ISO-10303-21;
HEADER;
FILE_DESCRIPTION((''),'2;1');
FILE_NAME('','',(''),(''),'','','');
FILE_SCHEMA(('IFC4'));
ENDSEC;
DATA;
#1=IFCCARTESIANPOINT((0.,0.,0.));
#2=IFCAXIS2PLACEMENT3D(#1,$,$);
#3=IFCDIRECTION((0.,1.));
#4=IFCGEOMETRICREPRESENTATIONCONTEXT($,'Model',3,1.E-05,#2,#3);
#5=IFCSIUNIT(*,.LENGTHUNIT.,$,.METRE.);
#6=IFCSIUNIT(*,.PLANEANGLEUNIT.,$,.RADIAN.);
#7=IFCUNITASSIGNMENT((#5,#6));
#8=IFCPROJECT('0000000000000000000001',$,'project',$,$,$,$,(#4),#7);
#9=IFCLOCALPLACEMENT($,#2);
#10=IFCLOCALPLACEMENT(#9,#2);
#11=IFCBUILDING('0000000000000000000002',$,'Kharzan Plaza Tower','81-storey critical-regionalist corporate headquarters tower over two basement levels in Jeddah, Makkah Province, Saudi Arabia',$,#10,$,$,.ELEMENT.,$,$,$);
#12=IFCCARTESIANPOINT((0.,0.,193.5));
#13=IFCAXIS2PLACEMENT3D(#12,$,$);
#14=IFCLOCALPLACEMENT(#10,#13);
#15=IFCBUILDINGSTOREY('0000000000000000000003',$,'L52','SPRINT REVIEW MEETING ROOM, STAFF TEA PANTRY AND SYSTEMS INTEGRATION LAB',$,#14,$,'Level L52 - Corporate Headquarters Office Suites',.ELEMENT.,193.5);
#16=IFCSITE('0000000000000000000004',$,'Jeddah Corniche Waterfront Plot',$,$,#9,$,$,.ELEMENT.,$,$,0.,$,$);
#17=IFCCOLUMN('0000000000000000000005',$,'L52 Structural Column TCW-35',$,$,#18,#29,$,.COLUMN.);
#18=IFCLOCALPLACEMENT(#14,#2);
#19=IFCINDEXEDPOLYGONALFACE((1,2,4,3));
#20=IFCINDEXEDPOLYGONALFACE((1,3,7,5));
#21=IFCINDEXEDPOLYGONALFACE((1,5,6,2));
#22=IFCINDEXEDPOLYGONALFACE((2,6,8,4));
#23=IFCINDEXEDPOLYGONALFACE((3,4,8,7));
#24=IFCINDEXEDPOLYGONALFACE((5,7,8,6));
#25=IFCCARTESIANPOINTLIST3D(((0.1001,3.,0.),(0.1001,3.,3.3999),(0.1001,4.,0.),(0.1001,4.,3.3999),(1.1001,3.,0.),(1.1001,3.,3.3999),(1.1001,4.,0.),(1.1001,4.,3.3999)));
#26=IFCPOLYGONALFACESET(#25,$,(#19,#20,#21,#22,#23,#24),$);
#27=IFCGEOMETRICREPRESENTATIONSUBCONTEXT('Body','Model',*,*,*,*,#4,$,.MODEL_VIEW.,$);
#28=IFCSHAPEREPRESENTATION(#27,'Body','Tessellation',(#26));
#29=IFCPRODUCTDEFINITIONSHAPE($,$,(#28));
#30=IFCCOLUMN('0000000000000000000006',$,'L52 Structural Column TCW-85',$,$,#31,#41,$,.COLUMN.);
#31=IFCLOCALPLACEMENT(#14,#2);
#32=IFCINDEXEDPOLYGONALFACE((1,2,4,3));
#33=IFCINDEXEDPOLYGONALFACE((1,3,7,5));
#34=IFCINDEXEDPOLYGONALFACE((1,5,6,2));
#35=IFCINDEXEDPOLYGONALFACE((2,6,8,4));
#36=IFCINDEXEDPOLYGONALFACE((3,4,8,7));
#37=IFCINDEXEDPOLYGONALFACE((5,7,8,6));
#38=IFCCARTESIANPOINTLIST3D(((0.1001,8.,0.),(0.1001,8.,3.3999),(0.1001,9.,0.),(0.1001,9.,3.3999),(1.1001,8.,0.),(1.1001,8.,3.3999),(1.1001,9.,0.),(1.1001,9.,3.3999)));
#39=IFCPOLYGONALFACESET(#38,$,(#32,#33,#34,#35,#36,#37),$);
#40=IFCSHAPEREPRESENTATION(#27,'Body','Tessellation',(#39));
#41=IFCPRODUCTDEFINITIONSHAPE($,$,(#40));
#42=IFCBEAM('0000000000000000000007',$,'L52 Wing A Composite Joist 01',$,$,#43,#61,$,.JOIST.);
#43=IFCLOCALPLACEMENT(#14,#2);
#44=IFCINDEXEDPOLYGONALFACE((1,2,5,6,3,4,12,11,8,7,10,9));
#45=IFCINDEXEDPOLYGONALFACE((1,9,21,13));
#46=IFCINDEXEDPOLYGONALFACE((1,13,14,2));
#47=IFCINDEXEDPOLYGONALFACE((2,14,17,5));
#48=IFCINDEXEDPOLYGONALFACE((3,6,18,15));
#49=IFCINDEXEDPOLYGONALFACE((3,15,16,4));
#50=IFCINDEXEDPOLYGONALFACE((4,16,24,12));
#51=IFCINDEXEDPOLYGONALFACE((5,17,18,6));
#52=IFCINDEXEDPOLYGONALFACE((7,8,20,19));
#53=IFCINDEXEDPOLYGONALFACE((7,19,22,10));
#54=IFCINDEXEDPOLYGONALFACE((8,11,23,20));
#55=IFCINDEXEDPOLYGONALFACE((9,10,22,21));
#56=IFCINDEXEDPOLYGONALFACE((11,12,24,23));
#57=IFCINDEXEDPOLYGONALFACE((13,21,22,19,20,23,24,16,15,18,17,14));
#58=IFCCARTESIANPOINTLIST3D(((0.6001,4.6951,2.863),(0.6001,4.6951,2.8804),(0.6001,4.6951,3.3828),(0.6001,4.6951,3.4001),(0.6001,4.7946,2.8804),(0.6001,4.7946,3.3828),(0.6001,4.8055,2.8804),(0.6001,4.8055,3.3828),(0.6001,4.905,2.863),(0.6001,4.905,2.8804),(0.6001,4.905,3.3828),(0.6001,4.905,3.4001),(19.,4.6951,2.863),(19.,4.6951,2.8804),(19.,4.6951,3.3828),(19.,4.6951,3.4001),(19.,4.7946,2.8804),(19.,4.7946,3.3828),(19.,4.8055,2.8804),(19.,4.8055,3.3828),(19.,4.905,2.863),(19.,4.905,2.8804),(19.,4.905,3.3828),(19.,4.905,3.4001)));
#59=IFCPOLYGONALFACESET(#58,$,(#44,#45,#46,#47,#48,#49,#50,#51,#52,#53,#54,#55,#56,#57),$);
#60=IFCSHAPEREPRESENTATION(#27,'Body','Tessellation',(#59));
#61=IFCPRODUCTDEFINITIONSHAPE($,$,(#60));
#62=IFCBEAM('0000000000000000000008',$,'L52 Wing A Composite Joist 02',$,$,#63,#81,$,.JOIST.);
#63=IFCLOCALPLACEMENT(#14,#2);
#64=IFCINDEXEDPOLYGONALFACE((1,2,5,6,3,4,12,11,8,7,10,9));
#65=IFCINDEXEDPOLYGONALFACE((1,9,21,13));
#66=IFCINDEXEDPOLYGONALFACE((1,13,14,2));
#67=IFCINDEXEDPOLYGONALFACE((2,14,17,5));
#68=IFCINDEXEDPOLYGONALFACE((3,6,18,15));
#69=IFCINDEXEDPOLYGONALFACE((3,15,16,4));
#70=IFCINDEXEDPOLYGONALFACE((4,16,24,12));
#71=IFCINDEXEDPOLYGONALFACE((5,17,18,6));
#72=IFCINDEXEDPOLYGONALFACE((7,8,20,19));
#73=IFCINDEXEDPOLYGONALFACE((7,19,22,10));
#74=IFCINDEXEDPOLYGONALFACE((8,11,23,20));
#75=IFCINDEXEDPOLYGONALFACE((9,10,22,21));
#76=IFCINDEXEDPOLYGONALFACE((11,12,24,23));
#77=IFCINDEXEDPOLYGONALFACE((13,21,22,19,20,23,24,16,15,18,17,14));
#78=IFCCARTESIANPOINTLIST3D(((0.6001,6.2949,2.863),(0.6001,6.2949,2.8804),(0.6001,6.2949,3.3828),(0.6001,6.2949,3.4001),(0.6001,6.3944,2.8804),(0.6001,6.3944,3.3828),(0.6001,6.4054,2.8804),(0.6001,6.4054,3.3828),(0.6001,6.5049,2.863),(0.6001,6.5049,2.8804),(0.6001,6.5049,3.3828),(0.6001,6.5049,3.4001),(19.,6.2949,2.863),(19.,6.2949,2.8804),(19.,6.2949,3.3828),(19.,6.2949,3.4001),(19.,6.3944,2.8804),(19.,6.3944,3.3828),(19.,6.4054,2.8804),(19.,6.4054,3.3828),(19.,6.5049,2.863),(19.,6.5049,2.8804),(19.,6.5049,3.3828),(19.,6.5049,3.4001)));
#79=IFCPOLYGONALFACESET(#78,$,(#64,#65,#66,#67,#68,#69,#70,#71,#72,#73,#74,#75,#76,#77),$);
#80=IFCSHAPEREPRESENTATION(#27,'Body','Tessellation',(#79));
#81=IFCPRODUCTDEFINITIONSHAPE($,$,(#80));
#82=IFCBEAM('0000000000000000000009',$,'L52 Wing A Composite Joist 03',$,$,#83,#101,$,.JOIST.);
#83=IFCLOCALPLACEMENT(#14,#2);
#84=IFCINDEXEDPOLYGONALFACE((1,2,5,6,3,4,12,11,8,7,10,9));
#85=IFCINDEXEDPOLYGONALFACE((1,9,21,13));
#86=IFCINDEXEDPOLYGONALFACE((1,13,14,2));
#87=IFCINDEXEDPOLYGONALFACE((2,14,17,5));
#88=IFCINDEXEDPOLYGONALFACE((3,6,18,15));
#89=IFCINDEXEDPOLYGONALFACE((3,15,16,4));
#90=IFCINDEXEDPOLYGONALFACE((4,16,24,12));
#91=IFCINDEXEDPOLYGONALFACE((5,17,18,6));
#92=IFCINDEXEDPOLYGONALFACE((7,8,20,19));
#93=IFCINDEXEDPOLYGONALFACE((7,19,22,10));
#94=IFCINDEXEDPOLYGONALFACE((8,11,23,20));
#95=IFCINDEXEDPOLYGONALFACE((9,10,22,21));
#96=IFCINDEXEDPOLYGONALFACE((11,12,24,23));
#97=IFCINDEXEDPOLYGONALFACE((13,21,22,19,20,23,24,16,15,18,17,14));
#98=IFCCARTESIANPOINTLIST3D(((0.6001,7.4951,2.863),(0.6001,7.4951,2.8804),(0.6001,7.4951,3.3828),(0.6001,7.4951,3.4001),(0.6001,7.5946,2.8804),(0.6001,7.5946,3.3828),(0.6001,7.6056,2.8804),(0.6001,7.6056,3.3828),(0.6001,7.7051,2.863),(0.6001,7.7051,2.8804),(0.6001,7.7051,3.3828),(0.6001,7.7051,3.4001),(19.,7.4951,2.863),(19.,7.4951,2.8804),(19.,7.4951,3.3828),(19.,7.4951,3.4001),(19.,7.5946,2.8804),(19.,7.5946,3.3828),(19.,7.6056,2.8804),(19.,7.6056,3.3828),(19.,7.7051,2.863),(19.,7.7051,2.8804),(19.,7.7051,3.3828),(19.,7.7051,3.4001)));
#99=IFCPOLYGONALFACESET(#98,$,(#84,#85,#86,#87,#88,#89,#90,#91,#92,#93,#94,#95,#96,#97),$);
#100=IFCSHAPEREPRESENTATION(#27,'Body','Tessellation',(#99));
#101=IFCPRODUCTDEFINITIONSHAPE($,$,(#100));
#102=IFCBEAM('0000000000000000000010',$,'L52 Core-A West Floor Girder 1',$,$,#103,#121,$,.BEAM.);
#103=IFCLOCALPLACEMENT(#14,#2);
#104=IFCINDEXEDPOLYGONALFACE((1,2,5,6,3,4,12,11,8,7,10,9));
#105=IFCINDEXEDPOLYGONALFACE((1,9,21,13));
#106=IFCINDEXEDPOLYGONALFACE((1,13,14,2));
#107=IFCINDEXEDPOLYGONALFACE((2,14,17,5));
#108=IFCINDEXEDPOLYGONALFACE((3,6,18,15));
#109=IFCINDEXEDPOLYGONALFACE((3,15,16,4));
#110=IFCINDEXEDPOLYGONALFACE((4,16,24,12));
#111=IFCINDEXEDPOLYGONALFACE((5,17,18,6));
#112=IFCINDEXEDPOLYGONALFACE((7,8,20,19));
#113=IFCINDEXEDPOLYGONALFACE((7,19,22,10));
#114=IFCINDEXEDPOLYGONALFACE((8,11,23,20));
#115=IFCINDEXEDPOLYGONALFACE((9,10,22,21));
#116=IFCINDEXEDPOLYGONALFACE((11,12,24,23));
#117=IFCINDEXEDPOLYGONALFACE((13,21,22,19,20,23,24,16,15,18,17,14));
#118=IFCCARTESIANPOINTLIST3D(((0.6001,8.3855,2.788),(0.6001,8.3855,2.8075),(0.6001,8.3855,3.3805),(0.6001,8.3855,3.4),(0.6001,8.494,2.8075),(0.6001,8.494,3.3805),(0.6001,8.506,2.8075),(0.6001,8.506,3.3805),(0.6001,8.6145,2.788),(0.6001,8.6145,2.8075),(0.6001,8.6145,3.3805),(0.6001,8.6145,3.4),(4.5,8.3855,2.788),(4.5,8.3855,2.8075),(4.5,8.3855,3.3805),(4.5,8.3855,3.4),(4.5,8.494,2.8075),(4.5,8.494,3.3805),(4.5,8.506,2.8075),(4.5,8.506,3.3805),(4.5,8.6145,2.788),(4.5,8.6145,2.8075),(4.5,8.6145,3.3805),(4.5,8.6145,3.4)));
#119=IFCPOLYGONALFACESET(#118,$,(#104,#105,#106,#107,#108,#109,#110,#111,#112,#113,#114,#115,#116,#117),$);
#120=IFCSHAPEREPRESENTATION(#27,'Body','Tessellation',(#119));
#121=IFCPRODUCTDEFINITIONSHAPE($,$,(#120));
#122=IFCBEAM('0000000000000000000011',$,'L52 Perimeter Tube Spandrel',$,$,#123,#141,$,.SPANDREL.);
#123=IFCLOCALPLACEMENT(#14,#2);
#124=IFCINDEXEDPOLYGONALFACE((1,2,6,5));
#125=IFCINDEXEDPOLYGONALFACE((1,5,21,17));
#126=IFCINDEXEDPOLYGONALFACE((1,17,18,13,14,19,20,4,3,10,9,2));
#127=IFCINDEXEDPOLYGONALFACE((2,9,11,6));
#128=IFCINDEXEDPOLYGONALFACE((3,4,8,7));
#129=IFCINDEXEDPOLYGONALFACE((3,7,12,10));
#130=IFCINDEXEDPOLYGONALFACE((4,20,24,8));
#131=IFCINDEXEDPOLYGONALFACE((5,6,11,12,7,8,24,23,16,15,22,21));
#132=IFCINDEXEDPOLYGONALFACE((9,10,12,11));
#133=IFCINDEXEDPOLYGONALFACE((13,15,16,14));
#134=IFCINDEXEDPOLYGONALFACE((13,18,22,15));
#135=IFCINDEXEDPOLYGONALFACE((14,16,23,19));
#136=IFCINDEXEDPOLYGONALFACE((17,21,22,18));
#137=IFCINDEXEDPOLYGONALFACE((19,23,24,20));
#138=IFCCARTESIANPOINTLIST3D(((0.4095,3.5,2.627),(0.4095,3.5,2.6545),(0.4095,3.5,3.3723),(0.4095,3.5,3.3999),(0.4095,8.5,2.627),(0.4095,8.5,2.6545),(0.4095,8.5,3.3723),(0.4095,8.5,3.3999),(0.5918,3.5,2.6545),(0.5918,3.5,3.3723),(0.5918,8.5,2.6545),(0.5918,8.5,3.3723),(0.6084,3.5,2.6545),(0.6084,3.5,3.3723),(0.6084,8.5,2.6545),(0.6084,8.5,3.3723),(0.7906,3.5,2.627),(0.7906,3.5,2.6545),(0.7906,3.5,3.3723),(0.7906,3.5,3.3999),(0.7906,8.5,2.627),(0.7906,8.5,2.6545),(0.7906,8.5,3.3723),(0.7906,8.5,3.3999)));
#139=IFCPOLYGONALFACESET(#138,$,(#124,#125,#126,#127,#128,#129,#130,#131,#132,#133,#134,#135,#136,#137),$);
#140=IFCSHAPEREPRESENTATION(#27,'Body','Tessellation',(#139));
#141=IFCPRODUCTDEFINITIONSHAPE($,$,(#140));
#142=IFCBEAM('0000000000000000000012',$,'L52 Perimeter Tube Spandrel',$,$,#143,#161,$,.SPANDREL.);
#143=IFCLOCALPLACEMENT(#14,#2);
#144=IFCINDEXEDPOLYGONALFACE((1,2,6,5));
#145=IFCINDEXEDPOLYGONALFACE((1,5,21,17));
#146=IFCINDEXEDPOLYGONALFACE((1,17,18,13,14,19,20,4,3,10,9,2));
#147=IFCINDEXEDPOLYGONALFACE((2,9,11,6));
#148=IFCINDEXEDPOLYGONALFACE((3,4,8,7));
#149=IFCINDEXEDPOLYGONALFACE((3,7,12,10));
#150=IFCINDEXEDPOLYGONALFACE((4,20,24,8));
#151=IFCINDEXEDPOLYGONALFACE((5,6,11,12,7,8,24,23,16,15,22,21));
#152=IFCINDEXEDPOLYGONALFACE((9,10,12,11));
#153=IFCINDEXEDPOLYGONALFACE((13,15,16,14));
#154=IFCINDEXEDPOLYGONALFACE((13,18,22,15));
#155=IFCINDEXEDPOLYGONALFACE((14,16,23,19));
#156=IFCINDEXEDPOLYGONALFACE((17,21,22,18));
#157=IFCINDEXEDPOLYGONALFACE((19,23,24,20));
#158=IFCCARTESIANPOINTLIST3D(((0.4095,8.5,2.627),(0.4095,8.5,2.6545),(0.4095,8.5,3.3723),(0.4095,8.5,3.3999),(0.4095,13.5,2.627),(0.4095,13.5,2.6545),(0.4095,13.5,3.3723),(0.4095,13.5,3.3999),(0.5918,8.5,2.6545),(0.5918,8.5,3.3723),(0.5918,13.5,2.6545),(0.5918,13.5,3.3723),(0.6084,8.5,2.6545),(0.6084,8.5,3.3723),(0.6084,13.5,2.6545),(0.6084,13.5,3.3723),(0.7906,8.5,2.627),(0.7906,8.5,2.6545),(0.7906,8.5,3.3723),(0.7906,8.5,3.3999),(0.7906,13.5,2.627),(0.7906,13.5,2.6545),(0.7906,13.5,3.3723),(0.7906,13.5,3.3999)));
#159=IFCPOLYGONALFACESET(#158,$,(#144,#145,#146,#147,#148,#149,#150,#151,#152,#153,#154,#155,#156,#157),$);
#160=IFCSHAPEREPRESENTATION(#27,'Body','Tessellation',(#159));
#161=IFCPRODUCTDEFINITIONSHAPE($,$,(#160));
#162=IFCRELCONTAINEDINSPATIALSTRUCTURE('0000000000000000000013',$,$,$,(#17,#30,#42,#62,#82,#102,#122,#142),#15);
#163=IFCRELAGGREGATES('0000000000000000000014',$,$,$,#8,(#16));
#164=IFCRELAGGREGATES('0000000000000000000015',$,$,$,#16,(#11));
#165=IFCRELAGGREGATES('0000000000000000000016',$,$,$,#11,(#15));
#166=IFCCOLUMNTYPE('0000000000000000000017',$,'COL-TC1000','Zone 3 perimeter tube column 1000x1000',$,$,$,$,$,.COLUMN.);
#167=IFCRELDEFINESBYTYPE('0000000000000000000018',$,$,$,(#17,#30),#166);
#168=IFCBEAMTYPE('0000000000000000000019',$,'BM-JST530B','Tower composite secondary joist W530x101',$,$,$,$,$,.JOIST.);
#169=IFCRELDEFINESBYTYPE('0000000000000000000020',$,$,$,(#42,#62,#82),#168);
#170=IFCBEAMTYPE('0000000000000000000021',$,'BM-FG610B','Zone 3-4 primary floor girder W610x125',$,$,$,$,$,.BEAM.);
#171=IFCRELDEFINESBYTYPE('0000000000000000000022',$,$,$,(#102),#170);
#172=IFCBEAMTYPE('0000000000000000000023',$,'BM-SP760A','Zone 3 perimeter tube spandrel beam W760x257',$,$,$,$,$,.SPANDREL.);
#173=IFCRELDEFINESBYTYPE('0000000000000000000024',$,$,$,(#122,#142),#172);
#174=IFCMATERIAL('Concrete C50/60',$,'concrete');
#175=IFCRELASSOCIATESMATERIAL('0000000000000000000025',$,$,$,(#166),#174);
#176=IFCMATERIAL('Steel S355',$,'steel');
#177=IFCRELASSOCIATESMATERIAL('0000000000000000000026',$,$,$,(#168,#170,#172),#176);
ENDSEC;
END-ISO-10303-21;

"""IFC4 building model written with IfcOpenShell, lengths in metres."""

from ifc_helpers import new_model, si_unit, direction, frame, origin, origin_2d, place, context, subcontext, project, spatial, rectangle, i_section, extrude, source, transform, mapped, material, material_profile, profile_set, type_object, element, save


model = new_model("IFC4")

# Units and contexts
model_context = context("Model", 3, precision=1e-05, world=origin(), true_north=direction((0.0, 1.0)))
body_context = subcontext(model_context, "Body", "Model", "MODEL_VIEW")
ifc_project = project(units=[si_unit("LENGTHUNIT", "METRE"), si_unit("PLANEANGLEUNIT", "RADIAN")], contexts=[model_context])

# Site, building, storey
site_placement = place(None, origin())
site = spatial("IfcSite", under=ifc_project, at=site_placement, Name="Jeddah Corniche Waterfront Plot", CompositionType="ELEMENT", RefElevation=0.0)
building_placement = place(site_placement, origin())
building = spatial("IfcBuilding", under=site, at=building_placement, Name="Kharzan Plaza Tower", Description="81-storey critical-regionalist corporate headquarters tower over two basement levels in Jeddah, Makkah Province, Saudi Arabia", CompositionType="ELEMENT")
storey_placement = place(building_placement, frame((0.0, 0.0, 193.5)))
storey = spatial("IfcBuildingStorey", under=building, at=storey_placement, Name="L52", Description="SPRINT REVIEW MEETING ROOM, STAFF TEA PANTRY AND SYSTEMS INTEGRATION LAB", LongName="Level L52 - Corporate Headquarters Office Suites", CompositionType="ELEMENT", Elevation=193.5)

# Columns
ifc_material_1 = material(Name="Concrete C50/60", Category="concrete")
ifc_material_profile_1 = material_profile(ifc_material_1, rectangle(XDim=1.0, YDim=1.0, at=origin_2d()), Name="RC-TC1000x1000")
ifc_profile_set_1 = profile_set([ifc_material_profile_1], Name="Concrete C50/60")
column_type = type_object("IfcColumnType", Name="COL-TC1000", Description="Zone 3 perimeter tube column 1000x1000", PredefinedType="COLUMN", material=ifc_profile_set_1)
shared_shape_1 = source(origin(), body_context, "Body", "SweptSolid", [
    extrude(rectangle(XDim=1.0, YDim=1.0, at=origin_2d()), origin(), (0.0, 0.0, 1.0), 3.3999),
])
for number, where, z_axis, x_axis, name in (
    (1, (0.6001, 3.5, 0.0), (0.0, 0.0, 1.0), (1.0, 0.0, 0.0), "L52 Structural Column TCW-35"),
    (2, (0.6001, 8.5, 0.0), (0.0, 0.0, 1.0), (1.0, 0.0, 0.0), "L52 Structural Column TCW-85"),
):
    element("IfcColumn", number, at=place(storey_placement, frame(where, z_axis=z_axis, x_axis=x_axis)), inside=storey, type_object=column_type, Name=name, PredefinedType="COLUMN", context=body_context, shape_type="MappedRepresentation", body=[
        mapped(shared_shape_1, transform((0.0, 0.0, 0.0), x_axis=(1.0, 0.0, 0.0), y_axis=(0.0, 1.0, 0.0), z_axis=(0.0, 0.0, 1.0))),
    ])

# Beams
ifc_material_2 = material(Name="Steel S355", Category="steel")
ifc_material_profile_2 = material_profile(ifc_material_2, i_section(OverallWidth=0.21, OverallDepth=0.5371, WebThickness=0.011, FlangeThickness=0.0173, at=origin_2d()), Name="W530x101")
ifc_profile_set_2 = profile_set([ifc_material_profile_2], Name="Steel S355")
beam_type_1 = type_object("IfcBeamType", Name="BM-JST530B", Description="Tower composite secondary joist W530x101", PredefinedType="JOIST", material=ifc_profile_set_2)
shared_shape_2 = source(origin(), body_context, "Body", "SweptSolid", [
    extrude(i_section(OverallWidth=0.21, OverallDepth=0.5371, WebThickness=0.011, FlangeThickness=0.0173, at=origin_2d()), origin(), (0.0, 0.0, 1.0), 18.3999),
])
for number, where, z_axis, x_axis, name in (
    (3, (0.6001, 4.8, 3.1316), (1.0, 0.0, 0.0), (0.0, 1.0, 0.0), "L52 Wing A Composite Joist 01"),
    (4, (0.6001, 6.3999, 3.1316), (1.0, 0.0, 0.0), (0.0, 1.0, 0.0), "L52 Wing A Composite Joist 02"),
    (5, (0.6001, 7.6001, 3.1316), (1.0, 0.0, 0.0), (0.0, 1.0, 0.0), "L52 Wing A Composite Joist 03"),
):
    element("IfcBeam", number, at=place(storey_placement, frame(where, z_axis=z_axis, x_axis=x_axis)), inside=storey, type_object=beam_type_1, Name=name, PredefinedType="JOIST", context=body_context, shape_type="MappedRepresentation", body=[
        mapped(shared_shape_2, transform((0.0, 0.0, 0.0), x_axis=(1.0, 0.0, 0.0), y_axis=(0.0, 1.0, 0.0), z_axis=(0.0, 0.0, 1.0))),
    ])
ifc_material_profile_3 = material_profile(ifc_material_2, i_section(OverallWidth=0.229, OverallDepth=0.6121, WebThickness=0.012, FlangeThickness=0.0195, at=origin_2d()), Name="W610x125")
ifc_profile_set_3 = profile_set([ifc_material_profile_3], Name="Steel S355")
beam_type_2 = type_object("IfcBeamType", Name="BM-FG610B", Description="Zone 3-4 primary floor girder W610x125", PredefinedType="BEAM", material=ifc_profile_set_3)
shared_shape_3 = source(origin(), body_context, "Body", "SweptSolid", [
    extrude(i_section(OverallWidth=0.229, OverallDepth=0.6121, WebThickness=0.012, FlangeThickness=0.0195, at=origin_2d()), origin(), (0.0, 0.0, 1.0), 3.8999),
])
beam_placement = place(storey_placement, frame((0.6001, 8.5, 3.094), z_axis=(1.0, 0.0, 0.0), x_axis=(0.0, 1.0, 0.0)))
element("IfcBeam", 6, at=beam_placement, inside=storey, type_object=beam_type_2, Name="L52 Core-A West Floor Girder 1", PredefinedType="BEAM", context=body_context, shape_type="MappedRepresentation", body=[
    mapped(shared_shape_3, transform((0.0, 0.0, 0.0), x_axis=(1.0, 0.0, 0.0), y_axis=(0.0, 1.0, 0.0), z_axis=(0.0, 0.0, 1.0))),
])
ifc_material_profile_4 = material_profile(ifc_material_2, i_section(OverallWidth=0.3811, OverallDepth=0.7729, WebThickness=0.0166, FlangeThickness=0.0276, at=origin_2d()), Name="W760x257")
ifc_profile_set_4 = profile_set([ifc_material_profile_4], Name="Steel S355")
beam_type_3 = type_object("IfcBeamType", Name="BM-SP760A", Description="Zone 3 perimeter tube spandrel beam W760x257", PredefinedType="SPANDREL", material=ifc_profile_set_4)
shared_shape_4 = source(origin(), body_context, "Body", "SweptSolid", [
    extrude(i_section(OverallWidth=0.3811, OverallDepth=0.7729, WebThickness=0.0166, FlangeThickness=0.0276, at=origin_2d()), origin(), (0.0, 0.0, 1.0), 5.0),
])
for number, where, z_axis, x_axis, name in (
    (7, (0.6001, 3.5, 3.0134), (0.0, 1.0, 0.0), (-1.0, 0.0, 0.0), "L52 Perimeter Tube Spandrel"),
    (8, (0.6001, 8.5, 3.0134), (0.0, 1.0, 0.0), (-1.0, 0.0, 0.0), "L52 Perimeter Tube Spandrel"),
):
    element("IfcBeam", number, at=place(storey_placement, frame(where, z_axis=z_axis, x_axis=x_axis)), inside=storey, type_object=beam_type_3, Name=name, PredefinedType="SPANDREL", context=body_context, shape_type="MappedRepresentation", body=[
        mapped(shared_shape_4, transform((0.0, 0.0, 0.0), x_axis=(1.0, 0.0, 0.0), y_axis=(0.0, 1.0, 0.0), z_axis=(0.0, 0.0, 1.0))),
    ])

save(model, "model.ifc")
